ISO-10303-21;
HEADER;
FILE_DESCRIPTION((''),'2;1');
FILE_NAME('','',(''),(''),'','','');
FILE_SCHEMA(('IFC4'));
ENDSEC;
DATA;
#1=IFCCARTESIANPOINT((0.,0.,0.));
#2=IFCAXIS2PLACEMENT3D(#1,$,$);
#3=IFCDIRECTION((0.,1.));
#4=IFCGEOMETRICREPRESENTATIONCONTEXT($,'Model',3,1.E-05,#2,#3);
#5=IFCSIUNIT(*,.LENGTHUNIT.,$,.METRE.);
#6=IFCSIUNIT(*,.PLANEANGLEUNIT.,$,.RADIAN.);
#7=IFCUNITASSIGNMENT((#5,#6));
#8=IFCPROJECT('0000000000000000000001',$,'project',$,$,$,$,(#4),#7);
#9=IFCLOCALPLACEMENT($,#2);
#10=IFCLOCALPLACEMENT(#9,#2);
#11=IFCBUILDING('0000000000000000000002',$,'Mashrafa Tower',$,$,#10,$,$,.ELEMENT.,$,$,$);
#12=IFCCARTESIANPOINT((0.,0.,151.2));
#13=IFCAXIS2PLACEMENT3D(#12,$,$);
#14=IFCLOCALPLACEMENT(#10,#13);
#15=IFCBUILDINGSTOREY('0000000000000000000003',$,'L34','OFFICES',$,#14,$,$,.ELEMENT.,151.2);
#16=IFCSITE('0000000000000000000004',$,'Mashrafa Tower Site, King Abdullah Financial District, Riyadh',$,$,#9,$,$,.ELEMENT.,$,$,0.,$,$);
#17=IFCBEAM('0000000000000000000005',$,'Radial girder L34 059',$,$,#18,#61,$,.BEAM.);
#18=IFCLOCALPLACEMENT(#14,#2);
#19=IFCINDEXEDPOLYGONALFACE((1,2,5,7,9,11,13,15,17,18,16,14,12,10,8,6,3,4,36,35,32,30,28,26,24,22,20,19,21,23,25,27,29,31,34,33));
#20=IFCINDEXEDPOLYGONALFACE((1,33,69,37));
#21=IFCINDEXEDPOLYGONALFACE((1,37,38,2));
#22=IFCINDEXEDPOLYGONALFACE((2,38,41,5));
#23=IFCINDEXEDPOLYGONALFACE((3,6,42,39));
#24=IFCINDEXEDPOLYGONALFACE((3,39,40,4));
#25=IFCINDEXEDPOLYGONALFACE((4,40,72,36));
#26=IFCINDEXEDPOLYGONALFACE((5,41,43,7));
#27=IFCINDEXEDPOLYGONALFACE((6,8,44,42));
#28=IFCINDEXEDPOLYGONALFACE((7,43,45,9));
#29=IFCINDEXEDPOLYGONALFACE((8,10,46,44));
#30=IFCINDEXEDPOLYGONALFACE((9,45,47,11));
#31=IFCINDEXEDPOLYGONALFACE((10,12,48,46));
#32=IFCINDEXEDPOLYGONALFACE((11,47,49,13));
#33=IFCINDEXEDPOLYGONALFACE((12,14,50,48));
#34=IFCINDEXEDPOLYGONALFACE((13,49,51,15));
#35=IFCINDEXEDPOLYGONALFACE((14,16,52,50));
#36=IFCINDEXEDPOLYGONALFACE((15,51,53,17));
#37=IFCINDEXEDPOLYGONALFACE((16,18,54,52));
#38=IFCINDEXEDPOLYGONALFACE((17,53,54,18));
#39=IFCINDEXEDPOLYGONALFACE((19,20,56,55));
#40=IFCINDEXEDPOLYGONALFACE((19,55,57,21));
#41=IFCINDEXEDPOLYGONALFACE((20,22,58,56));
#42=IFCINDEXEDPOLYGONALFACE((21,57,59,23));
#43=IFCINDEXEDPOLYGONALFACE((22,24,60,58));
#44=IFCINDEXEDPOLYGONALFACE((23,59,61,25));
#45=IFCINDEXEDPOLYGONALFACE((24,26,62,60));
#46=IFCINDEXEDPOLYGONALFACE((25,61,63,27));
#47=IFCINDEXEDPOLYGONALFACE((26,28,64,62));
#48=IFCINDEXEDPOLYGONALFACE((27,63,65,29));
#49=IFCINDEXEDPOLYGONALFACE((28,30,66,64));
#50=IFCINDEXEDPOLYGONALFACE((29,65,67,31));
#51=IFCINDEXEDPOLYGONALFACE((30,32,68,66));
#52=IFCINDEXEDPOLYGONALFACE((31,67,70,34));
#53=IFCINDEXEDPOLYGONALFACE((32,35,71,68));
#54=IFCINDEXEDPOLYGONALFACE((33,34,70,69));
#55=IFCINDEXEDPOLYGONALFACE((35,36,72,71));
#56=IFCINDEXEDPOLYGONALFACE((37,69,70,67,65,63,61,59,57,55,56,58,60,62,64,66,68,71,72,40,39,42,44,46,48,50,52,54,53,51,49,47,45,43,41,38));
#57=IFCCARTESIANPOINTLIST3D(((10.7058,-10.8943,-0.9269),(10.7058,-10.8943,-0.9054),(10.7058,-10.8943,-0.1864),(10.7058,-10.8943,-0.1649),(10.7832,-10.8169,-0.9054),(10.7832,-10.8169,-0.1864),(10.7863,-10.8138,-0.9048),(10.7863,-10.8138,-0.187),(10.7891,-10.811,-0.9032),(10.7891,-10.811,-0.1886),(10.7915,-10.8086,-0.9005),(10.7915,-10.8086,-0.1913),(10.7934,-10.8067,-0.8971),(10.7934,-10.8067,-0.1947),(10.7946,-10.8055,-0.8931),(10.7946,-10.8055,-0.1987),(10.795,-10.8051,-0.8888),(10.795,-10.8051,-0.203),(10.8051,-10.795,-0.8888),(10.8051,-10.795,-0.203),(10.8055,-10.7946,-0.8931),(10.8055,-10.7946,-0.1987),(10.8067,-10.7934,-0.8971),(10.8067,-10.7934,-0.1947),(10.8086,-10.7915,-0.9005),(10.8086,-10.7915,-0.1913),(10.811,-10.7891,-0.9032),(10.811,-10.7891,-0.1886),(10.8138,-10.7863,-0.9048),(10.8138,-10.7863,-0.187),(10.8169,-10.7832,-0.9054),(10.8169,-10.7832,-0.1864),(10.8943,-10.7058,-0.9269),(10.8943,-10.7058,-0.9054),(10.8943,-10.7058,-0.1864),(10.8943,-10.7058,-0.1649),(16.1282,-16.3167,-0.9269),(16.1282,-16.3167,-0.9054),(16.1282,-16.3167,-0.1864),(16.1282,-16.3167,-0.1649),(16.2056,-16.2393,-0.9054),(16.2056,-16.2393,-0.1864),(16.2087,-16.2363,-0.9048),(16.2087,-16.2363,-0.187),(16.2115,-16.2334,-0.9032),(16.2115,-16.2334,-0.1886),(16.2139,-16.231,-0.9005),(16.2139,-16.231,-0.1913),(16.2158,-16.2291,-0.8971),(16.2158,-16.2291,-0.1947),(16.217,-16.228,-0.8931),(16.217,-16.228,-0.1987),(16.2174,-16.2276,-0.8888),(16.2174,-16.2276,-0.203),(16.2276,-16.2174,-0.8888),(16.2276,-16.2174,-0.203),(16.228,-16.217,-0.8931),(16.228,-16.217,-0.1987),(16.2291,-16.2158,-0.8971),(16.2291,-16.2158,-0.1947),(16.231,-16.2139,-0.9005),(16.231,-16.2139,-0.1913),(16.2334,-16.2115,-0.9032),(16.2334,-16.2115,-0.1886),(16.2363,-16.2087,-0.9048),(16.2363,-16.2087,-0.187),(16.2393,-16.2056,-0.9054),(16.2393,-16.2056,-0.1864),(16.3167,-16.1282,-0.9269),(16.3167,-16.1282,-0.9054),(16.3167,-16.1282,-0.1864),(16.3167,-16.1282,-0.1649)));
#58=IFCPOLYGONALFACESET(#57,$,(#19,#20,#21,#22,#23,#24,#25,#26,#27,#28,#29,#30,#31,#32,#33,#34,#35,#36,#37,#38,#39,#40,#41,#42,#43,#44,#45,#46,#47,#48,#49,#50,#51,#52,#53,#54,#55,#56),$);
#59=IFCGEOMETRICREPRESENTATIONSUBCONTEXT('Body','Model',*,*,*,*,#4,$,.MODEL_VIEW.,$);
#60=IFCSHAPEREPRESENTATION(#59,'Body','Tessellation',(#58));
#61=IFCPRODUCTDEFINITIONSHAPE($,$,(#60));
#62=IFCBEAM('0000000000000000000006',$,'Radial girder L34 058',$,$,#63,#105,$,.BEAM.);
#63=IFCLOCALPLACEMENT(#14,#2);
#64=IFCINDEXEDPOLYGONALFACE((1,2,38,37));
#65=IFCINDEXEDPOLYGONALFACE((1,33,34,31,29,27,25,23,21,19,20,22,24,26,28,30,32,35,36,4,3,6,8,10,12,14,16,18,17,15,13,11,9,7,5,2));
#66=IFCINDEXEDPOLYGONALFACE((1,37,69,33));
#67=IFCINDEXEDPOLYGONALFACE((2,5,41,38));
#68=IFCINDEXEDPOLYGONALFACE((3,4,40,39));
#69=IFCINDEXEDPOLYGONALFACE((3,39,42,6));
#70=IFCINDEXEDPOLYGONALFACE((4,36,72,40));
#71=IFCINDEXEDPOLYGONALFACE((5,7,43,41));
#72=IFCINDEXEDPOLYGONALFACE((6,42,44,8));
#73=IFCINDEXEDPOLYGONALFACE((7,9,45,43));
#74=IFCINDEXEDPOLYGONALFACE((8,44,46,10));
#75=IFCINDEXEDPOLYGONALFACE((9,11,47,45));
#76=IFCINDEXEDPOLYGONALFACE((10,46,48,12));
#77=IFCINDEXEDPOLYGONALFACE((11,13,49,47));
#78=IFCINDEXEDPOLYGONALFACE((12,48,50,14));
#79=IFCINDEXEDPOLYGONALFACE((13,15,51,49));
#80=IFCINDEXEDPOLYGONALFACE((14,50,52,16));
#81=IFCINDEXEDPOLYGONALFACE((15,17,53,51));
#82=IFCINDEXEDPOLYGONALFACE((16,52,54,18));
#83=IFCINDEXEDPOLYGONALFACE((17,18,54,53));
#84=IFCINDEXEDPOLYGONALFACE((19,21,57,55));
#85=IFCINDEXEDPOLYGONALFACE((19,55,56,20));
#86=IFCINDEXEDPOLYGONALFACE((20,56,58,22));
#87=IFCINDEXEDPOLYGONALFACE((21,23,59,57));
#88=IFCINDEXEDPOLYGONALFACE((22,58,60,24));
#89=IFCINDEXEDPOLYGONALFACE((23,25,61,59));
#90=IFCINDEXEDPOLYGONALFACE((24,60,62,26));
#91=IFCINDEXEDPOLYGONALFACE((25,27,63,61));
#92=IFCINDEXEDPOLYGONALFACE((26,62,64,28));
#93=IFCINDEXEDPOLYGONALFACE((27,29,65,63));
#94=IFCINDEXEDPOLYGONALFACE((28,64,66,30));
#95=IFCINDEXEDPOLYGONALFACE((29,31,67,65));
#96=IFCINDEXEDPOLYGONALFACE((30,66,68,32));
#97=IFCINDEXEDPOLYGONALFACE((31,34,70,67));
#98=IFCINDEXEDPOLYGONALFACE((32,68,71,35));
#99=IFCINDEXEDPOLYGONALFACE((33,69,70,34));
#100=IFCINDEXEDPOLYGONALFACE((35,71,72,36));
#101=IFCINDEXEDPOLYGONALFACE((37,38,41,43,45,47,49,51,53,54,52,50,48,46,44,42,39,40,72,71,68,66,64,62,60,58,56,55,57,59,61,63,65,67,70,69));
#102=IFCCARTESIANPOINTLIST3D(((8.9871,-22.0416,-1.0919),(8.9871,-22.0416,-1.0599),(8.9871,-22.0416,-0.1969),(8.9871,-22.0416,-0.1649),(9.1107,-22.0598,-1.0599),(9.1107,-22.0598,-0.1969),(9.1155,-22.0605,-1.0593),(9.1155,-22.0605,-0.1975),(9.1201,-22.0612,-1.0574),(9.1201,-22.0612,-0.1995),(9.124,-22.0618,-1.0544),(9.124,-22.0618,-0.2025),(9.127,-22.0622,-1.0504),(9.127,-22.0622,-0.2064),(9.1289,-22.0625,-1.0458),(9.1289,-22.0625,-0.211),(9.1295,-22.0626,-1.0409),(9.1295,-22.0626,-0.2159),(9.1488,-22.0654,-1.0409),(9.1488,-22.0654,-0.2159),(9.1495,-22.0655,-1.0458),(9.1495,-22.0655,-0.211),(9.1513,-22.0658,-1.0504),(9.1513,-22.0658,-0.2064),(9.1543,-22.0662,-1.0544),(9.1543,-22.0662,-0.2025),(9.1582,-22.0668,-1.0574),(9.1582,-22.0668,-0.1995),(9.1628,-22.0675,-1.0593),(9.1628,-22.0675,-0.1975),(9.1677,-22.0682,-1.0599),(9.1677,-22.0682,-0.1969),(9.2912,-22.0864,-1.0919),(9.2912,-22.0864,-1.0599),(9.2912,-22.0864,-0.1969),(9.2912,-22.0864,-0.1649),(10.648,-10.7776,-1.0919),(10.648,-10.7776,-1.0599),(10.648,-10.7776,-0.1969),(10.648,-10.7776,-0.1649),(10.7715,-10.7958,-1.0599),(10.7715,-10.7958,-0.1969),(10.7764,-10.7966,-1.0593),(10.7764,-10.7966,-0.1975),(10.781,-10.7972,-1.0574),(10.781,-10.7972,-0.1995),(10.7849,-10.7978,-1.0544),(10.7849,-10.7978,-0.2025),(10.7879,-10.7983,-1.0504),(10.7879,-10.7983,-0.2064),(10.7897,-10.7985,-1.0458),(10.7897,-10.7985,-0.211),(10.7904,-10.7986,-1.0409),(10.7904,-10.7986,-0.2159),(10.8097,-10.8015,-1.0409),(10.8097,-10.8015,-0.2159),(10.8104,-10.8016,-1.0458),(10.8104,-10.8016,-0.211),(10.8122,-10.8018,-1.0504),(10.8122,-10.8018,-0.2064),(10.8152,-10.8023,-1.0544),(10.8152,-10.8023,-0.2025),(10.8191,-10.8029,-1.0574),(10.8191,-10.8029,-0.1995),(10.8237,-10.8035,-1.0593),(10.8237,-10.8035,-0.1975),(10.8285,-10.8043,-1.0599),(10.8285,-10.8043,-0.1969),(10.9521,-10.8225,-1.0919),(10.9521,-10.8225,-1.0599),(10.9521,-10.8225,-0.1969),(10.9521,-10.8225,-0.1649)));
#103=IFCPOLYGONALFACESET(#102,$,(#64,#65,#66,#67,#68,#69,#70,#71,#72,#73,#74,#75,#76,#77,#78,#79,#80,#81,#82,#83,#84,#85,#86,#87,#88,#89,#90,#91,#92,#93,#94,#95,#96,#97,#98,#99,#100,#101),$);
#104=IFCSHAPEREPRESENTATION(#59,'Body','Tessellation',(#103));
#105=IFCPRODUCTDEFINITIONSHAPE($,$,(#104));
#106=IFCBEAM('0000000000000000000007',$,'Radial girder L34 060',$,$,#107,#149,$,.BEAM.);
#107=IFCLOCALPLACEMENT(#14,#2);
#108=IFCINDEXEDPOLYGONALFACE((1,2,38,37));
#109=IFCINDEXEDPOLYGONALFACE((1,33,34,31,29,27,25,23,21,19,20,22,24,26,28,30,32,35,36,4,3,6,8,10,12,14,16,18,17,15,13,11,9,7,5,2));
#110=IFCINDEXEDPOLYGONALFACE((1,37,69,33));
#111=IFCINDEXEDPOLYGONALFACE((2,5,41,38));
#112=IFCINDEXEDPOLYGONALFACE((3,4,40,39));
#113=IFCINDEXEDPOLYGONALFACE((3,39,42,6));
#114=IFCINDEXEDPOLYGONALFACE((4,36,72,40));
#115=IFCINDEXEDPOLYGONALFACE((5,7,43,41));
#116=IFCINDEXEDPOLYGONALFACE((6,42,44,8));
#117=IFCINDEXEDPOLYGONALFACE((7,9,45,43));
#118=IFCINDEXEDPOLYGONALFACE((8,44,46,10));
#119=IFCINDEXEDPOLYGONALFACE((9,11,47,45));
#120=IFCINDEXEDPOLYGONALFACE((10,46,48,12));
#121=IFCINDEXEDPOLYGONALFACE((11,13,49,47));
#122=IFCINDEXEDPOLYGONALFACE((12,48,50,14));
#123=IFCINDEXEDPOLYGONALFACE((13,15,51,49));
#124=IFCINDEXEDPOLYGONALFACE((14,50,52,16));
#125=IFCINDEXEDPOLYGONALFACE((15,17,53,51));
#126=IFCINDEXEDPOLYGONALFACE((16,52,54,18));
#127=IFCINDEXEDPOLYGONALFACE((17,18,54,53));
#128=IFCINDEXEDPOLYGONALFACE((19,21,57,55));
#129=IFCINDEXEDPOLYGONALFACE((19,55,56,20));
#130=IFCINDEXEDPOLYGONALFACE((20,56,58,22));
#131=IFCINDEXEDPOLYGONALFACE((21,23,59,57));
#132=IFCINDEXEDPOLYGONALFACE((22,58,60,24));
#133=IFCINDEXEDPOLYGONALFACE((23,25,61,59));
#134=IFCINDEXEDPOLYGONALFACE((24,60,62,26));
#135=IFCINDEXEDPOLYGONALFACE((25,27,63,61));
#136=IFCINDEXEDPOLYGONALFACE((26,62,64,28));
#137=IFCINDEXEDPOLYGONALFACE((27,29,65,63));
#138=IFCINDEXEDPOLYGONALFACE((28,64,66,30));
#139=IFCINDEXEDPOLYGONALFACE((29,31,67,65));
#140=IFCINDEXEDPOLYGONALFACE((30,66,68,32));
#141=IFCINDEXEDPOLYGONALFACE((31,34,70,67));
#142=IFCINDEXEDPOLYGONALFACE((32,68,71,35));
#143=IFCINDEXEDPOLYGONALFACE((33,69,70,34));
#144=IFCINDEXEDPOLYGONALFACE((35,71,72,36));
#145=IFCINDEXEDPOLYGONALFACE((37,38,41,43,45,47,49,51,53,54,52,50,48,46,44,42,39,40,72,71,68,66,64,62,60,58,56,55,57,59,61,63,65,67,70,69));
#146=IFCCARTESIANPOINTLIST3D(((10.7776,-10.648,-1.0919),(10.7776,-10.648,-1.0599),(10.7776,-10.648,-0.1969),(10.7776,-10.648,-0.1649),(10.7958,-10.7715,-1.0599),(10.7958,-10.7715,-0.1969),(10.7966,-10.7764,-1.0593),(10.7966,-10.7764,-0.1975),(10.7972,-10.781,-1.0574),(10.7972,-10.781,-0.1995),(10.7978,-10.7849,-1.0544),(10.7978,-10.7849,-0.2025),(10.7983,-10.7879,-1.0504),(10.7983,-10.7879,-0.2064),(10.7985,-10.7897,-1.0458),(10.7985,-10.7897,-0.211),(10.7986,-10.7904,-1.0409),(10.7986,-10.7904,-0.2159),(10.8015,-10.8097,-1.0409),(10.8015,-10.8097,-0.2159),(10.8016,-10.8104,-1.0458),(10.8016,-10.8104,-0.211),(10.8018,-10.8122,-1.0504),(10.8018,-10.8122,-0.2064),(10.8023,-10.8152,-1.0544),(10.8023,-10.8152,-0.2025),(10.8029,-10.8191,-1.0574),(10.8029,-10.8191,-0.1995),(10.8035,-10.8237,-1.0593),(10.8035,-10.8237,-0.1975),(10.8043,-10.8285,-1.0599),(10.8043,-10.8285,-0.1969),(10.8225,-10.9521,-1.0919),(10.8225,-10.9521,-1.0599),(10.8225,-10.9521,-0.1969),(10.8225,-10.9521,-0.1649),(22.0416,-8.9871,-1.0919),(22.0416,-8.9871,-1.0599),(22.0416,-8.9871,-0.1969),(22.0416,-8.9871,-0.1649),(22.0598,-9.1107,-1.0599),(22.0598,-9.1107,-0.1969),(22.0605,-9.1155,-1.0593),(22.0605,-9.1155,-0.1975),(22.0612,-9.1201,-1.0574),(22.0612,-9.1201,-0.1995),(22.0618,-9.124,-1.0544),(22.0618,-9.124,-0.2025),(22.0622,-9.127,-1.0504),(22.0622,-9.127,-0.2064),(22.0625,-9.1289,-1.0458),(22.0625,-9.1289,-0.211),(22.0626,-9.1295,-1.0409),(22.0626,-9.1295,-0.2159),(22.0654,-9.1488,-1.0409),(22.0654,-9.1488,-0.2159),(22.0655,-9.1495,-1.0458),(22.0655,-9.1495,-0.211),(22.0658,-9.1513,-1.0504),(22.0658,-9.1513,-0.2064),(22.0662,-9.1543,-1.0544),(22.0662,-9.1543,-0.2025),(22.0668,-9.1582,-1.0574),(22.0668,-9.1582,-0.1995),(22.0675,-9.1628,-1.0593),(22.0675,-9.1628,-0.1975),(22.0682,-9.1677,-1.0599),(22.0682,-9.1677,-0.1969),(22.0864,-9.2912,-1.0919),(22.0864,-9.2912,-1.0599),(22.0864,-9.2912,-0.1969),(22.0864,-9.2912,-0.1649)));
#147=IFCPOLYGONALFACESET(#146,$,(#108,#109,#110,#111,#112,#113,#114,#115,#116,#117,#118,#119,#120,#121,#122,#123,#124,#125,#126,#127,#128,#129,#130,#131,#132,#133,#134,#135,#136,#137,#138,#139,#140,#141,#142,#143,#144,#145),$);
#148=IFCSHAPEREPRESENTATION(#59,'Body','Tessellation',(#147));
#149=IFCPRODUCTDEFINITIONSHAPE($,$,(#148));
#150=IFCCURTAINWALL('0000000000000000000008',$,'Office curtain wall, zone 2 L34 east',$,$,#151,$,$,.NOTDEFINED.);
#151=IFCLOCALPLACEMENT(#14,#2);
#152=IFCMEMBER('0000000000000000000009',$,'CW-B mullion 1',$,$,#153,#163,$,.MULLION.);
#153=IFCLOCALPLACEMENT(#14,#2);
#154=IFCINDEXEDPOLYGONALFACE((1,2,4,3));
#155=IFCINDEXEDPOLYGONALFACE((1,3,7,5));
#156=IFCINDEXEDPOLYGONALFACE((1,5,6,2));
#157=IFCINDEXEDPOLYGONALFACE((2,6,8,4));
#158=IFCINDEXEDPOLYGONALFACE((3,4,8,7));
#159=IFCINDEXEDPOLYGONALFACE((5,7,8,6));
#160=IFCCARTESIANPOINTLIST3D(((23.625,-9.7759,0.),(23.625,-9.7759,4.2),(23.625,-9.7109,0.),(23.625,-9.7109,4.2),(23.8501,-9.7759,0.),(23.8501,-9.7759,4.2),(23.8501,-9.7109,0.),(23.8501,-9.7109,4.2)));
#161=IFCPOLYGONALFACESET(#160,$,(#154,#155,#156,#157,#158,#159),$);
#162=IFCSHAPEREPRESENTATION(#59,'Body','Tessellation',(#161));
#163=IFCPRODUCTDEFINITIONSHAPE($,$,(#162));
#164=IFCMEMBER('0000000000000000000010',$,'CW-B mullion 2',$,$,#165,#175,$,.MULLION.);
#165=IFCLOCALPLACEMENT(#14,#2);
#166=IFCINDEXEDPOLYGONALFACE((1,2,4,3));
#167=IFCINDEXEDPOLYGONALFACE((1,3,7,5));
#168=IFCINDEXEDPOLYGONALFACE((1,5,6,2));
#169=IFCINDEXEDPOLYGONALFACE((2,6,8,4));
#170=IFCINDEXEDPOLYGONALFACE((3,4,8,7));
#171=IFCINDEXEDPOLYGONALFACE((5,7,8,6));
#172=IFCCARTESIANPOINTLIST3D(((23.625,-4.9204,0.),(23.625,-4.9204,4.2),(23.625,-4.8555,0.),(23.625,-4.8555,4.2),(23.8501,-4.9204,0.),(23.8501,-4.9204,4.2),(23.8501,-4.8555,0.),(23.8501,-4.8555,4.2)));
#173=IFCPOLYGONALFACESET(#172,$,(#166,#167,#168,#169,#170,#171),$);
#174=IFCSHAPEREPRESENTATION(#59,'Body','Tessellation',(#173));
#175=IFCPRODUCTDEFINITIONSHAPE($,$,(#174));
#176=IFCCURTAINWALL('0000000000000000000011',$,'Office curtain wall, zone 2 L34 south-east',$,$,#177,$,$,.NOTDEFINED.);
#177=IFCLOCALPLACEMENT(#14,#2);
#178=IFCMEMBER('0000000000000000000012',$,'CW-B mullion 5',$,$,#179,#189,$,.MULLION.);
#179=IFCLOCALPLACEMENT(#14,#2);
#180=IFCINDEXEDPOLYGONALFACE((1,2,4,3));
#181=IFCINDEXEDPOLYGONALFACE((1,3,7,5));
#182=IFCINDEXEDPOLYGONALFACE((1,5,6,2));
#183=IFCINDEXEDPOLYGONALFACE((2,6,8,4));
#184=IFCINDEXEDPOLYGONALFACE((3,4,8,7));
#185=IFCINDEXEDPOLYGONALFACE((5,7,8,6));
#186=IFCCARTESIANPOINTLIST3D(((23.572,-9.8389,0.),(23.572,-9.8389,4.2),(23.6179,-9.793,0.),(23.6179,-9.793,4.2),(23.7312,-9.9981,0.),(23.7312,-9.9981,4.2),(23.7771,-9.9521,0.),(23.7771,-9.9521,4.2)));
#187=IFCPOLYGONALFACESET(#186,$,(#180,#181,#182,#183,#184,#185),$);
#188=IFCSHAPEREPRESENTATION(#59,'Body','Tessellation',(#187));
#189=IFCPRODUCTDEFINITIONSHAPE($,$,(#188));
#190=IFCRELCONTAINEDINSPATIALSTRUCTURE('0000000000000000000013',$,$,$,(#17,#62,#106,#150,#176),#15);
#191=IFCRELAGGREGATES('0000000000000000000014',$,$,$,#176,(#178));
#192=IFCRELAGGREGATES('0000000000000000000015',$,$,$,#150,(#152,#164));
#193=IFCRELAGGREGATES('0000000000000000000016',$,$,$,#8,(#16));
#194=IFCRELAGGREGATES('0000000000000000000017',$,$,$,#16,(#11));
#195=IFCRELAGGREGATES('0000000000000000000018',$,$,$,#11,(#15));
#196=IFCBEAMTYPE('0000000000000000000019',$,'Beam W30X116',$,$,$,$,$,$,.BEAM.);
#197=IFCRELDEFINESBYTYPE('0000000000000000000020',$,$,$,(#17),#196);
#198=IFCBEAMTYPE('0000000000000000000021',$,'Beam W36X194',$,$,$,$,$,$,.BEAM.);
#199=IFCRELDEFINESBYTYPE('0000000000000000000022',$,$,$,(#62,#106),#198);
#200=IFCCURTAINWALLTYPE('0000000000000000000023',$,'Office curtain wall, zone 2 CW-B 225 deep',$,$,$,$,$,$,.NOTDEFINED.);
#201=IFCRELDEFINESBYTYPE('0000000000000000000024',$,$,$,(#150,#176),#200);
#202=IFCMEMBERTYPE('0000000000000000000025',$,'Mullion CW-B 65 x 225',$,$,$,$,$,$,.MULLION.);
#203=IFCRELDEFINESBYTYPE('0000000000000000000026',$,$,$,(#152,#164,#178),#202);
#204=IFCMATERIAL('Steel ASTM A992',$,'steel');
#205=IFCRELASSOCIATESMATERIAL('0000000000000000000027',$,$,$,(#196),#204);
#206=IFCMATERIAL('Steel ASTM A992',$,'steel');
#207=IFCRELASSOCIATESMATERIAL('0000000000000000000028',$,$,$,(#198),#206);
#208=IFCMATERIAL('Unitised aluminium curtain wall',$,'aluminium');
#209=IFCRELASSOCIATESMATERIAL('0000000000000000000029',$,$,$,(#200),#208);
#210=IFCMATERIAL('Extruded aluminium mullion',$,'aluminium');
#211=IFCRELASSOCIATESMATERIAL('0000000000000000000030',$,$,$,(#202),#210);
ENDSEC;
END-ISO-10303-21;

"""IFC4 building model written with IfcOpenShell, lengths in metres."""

from ifc_helpers import new_model, si_unit, direction, frame, origin, origin_2d, place, context, subcontext, project, spatial, rectangle, i_section, extrude, source, transform, mapped, material, material_profile, profile_set, type_object, type_shapes, element, aggregate, save


model = new_model("IFC4")

# Units and contexts
model_context = context("Model", 3, precision=1e-05, world=origin(), true_north=direction((0.0, 1.0)))
body_context = subcontext(model_context, "Body", "Model", "MODEL_VIEW")
ifc_project = project(units=[si_unit("LENGTHUNIT", "METRE"), si_unit("PLANEANGLEUNIT", "RADIAN")], contexts=[model_context])

# Site, building, storey
site_placement = place(None, origin())
site = spatial("IfcSite", under=ifc_project, at=site_placement, Name="Mashrafa Tower Site, King Abdullah Financial District, Riyadh", CompositionType="ELEMENT", RefElevation=0.0)
building_placement = place(site_placement, origin())
building = spatial("IfcBuilding", under=site, at=building_placement, Name="Mashrafa Tower", CompositionType="ELEMENT")
storey_placement = place(building_placement, frame((0.0, 0.0, 151.2)))
storey = spatial("IfcBuildingStorey", under=building, at=storey_placement, Name="L34", Description="OFFICES", CompositionType="ELEMENT", Elevation=151.2)

# Beams
ifc_material_1 = material(Name="Steel ASTM A992", Category="steel")
ifc_material_profile_1 = material_profile(ifc_material_1, i_section(OverallWidth=0.2666, OverallDepth=0.762, WebThickness=0.0144, FlangeThickness=0.0215, FilletRadius=0.0166, at=origin_2d()), Name="W30X116")
ifc_profile_set_1 = profile_set([ifc_material_profile_1], Name="Steel ASTM A992")
beam_type_1 = type_object("IfcBeamType", Name="Beam W30X116", PredefinedType="BEAM", material=ifc_profile_set_1)
beam_1_placement = place(storey_placement, frame((10.8, -10.8, -0.5459), z_axis=(0.707107, -0.707107, 0.0), x_axis=(0.707107, 0.707107, 0.0)))
element("IfcBeam", 1, at=beam_1_placement, inside=storey, type_object=beam_type_1, Name="Radial girder L34 059", PredefinedType="BEAM", context=body_context, shape_type="SweptSolid", body=[
    extrude(i_section(OverallWidth=0.2666, OverallDepth=0.762, WebThickness=0.0144, FlangeThickness=0.0215, FilletRadius=0.0166, at=origin_2d()), origin(), (0.0, 0.0, 1.0), 7.6685),
])
ifc_material_2 = material(Name="Steel ASTM A992", Category="steel")
ifc_material_profile_2 = material_profile(ifc_material_2, i_section(OverallWidth=0.3074, OverallDepth=0.927, WebThickness=0.0195, FlangeThickness=0.032, FilletRadius=0.019, at=origin_2d()), Name="W36X194")
ifc_profile_set_2 = profile_set([ifc_material_profile_2], Name="Steel ASTM A992")
beam_type_2 = type_object("IfcBeamType", Name="Beam W36X194", PredefinedType="BEAM", material=ifc_profile_set_2)
for number, where, z_axis, x_axis, name in (
    (2, (10.8, -10.8, -0.6284), (-0.145875, -0.989303, 0.0), (0.989303, -0.145875, 0.0), "Radial girder L34 058"),
    (3, (10.8, -10.8, -0.6284), (0.989303, 0.145875, 0.0), (-0.145875, 0.989303, 0.0), "Radial girder L34 060"),
):
    element("IfcBeam", number, at=place(storey_placement, frame(where, z_axis=z_axis, x_axis=x_axis)), inside=storey, type_object=beam_type_2, Name=name, PredefinedType="BEAM", context=body_context, shape_type="SweptSolid", body=[
        extrude(i_section(OverallWidth=0.3074, OverallDepth=0.927, WebThickness=0.0195, FlangeThickness=0.032, FilletRadius=0.019, at=origin_2d()), origin(), (0.0, 0.0, 1.0), 11.3857),
    ])

# Curtain wall, members
ifc_material_3 = material(Name="Unitised aluminium curtain wall", Category="aluminium")
curtain_wall_type = type_object("IfcCurtainWallType", Name="Office curtain wall, zone 2 CW-B 225 deep", PredefinedType="NOTDEFINED", material=ifc_material_3)
curtain_wall_1_placement = place(storey_placement, origin())
curtain_wall_1 = element("IfcCurtainWall", 4, at=curtain_wall_1_placement, inside=storey, type_object=curtain_wall_type, Name="Office curtain wall, zone 2 L34 east", PredefinedType="NOTDEFINED")
ifc_material_4 = material(Name="Extruded aluminium mullion", Category="aluminium")
ifc_material_profile_3 = material_profile(ifc_material_4, rectangle(XDim=0.2251, YDim=0.0649, at=origin_2d()), Name="Mullion 65x225")
ifc_profile_set_3 = profile_set([ifc_material_profile_3], Name="Extruded aluminium mullion")
member_type_1 = type_object("IfcMemberType", Name="Mullion CW-B 65 x 225", PredefinedType="MULLION", material=ifc_profile_set_3)
shared_shape_1 = source(origin(), body_context, "Body", "SweptSolid", [
    extrude(rectangle(XDim=0.2251, YDim=0.0649, at=origin_2d()), origin(), (0.0, 0.0, 1.0), 4.2),
])
type_shapes(member_type_1, [shared_shape_1])
member_1_placement = place(storey_placement, frame((23.7375, -9.7434, 0.0), z_axis=(0.0, 0.0, 1.0), x_axis=(-1.0, 0.0, 0.0)))
member_1 = element("IfcMember", 5, at=member_1_placement, type_object=member_type_1, Name="CW-B mullion 1", PredefinedType="MULLION", context=body_context, shape_type="MappedRepresentation", body=[
    mapped(shared_shape_1, transform((0.0, 0.0, 0.0))),
])
member_2_placement = place(storey_placement, frame((23.7375, -4.8879, 0.0), z_axis=(0.0, 0.0, 1.0), x_axis=(-1.0, 0.0, 0.0)))
member_2 = element("IfcMember", 6, at=member_2_placement, type_object=member_type_1, Name="CW-B mullion 2", PredefinedType="MULLION", context=body_context, shape_type="MappedRepresentation", body=[
    mapped(shared_shape_1, transform((0.0, 0.0, 0.0))),
])

# Curtain wall, member
curtain_wall_2_placement = place(storey_placement, origin())
curtain_wall_2 = element("IfcCurtainWall", 7, at=curtain_wall_2_placement, inside=storey, type_object=curtain_wall_type, Name="Office curtain wall, zone 2 L34 south-east", PredefinedType="NOTDEFINED")
member_3_placement = place(storey_placement, frame((23.6746, -9.8955, 0.0), z_axis=(0.0, 0.0, 1.0), x_axis=(-0.707107, 0.707107, 0.0)))
member_3 = element("IfcMember", 8, at=member_3_placement, type_object=member_type_1, Name="CW-B mullion 5", PredefinedType="MULLION", context=body_context, shape_type="MappedRepresentation", body=[
    mapped(shared_shape_1, transform((0.0, 0.0, 0.0))),
])
aggregate(curtain_wall_2, [member_3])

aggregate(curtain_wall_1, [member_1, member_2])

save(model, "model.ifc")
